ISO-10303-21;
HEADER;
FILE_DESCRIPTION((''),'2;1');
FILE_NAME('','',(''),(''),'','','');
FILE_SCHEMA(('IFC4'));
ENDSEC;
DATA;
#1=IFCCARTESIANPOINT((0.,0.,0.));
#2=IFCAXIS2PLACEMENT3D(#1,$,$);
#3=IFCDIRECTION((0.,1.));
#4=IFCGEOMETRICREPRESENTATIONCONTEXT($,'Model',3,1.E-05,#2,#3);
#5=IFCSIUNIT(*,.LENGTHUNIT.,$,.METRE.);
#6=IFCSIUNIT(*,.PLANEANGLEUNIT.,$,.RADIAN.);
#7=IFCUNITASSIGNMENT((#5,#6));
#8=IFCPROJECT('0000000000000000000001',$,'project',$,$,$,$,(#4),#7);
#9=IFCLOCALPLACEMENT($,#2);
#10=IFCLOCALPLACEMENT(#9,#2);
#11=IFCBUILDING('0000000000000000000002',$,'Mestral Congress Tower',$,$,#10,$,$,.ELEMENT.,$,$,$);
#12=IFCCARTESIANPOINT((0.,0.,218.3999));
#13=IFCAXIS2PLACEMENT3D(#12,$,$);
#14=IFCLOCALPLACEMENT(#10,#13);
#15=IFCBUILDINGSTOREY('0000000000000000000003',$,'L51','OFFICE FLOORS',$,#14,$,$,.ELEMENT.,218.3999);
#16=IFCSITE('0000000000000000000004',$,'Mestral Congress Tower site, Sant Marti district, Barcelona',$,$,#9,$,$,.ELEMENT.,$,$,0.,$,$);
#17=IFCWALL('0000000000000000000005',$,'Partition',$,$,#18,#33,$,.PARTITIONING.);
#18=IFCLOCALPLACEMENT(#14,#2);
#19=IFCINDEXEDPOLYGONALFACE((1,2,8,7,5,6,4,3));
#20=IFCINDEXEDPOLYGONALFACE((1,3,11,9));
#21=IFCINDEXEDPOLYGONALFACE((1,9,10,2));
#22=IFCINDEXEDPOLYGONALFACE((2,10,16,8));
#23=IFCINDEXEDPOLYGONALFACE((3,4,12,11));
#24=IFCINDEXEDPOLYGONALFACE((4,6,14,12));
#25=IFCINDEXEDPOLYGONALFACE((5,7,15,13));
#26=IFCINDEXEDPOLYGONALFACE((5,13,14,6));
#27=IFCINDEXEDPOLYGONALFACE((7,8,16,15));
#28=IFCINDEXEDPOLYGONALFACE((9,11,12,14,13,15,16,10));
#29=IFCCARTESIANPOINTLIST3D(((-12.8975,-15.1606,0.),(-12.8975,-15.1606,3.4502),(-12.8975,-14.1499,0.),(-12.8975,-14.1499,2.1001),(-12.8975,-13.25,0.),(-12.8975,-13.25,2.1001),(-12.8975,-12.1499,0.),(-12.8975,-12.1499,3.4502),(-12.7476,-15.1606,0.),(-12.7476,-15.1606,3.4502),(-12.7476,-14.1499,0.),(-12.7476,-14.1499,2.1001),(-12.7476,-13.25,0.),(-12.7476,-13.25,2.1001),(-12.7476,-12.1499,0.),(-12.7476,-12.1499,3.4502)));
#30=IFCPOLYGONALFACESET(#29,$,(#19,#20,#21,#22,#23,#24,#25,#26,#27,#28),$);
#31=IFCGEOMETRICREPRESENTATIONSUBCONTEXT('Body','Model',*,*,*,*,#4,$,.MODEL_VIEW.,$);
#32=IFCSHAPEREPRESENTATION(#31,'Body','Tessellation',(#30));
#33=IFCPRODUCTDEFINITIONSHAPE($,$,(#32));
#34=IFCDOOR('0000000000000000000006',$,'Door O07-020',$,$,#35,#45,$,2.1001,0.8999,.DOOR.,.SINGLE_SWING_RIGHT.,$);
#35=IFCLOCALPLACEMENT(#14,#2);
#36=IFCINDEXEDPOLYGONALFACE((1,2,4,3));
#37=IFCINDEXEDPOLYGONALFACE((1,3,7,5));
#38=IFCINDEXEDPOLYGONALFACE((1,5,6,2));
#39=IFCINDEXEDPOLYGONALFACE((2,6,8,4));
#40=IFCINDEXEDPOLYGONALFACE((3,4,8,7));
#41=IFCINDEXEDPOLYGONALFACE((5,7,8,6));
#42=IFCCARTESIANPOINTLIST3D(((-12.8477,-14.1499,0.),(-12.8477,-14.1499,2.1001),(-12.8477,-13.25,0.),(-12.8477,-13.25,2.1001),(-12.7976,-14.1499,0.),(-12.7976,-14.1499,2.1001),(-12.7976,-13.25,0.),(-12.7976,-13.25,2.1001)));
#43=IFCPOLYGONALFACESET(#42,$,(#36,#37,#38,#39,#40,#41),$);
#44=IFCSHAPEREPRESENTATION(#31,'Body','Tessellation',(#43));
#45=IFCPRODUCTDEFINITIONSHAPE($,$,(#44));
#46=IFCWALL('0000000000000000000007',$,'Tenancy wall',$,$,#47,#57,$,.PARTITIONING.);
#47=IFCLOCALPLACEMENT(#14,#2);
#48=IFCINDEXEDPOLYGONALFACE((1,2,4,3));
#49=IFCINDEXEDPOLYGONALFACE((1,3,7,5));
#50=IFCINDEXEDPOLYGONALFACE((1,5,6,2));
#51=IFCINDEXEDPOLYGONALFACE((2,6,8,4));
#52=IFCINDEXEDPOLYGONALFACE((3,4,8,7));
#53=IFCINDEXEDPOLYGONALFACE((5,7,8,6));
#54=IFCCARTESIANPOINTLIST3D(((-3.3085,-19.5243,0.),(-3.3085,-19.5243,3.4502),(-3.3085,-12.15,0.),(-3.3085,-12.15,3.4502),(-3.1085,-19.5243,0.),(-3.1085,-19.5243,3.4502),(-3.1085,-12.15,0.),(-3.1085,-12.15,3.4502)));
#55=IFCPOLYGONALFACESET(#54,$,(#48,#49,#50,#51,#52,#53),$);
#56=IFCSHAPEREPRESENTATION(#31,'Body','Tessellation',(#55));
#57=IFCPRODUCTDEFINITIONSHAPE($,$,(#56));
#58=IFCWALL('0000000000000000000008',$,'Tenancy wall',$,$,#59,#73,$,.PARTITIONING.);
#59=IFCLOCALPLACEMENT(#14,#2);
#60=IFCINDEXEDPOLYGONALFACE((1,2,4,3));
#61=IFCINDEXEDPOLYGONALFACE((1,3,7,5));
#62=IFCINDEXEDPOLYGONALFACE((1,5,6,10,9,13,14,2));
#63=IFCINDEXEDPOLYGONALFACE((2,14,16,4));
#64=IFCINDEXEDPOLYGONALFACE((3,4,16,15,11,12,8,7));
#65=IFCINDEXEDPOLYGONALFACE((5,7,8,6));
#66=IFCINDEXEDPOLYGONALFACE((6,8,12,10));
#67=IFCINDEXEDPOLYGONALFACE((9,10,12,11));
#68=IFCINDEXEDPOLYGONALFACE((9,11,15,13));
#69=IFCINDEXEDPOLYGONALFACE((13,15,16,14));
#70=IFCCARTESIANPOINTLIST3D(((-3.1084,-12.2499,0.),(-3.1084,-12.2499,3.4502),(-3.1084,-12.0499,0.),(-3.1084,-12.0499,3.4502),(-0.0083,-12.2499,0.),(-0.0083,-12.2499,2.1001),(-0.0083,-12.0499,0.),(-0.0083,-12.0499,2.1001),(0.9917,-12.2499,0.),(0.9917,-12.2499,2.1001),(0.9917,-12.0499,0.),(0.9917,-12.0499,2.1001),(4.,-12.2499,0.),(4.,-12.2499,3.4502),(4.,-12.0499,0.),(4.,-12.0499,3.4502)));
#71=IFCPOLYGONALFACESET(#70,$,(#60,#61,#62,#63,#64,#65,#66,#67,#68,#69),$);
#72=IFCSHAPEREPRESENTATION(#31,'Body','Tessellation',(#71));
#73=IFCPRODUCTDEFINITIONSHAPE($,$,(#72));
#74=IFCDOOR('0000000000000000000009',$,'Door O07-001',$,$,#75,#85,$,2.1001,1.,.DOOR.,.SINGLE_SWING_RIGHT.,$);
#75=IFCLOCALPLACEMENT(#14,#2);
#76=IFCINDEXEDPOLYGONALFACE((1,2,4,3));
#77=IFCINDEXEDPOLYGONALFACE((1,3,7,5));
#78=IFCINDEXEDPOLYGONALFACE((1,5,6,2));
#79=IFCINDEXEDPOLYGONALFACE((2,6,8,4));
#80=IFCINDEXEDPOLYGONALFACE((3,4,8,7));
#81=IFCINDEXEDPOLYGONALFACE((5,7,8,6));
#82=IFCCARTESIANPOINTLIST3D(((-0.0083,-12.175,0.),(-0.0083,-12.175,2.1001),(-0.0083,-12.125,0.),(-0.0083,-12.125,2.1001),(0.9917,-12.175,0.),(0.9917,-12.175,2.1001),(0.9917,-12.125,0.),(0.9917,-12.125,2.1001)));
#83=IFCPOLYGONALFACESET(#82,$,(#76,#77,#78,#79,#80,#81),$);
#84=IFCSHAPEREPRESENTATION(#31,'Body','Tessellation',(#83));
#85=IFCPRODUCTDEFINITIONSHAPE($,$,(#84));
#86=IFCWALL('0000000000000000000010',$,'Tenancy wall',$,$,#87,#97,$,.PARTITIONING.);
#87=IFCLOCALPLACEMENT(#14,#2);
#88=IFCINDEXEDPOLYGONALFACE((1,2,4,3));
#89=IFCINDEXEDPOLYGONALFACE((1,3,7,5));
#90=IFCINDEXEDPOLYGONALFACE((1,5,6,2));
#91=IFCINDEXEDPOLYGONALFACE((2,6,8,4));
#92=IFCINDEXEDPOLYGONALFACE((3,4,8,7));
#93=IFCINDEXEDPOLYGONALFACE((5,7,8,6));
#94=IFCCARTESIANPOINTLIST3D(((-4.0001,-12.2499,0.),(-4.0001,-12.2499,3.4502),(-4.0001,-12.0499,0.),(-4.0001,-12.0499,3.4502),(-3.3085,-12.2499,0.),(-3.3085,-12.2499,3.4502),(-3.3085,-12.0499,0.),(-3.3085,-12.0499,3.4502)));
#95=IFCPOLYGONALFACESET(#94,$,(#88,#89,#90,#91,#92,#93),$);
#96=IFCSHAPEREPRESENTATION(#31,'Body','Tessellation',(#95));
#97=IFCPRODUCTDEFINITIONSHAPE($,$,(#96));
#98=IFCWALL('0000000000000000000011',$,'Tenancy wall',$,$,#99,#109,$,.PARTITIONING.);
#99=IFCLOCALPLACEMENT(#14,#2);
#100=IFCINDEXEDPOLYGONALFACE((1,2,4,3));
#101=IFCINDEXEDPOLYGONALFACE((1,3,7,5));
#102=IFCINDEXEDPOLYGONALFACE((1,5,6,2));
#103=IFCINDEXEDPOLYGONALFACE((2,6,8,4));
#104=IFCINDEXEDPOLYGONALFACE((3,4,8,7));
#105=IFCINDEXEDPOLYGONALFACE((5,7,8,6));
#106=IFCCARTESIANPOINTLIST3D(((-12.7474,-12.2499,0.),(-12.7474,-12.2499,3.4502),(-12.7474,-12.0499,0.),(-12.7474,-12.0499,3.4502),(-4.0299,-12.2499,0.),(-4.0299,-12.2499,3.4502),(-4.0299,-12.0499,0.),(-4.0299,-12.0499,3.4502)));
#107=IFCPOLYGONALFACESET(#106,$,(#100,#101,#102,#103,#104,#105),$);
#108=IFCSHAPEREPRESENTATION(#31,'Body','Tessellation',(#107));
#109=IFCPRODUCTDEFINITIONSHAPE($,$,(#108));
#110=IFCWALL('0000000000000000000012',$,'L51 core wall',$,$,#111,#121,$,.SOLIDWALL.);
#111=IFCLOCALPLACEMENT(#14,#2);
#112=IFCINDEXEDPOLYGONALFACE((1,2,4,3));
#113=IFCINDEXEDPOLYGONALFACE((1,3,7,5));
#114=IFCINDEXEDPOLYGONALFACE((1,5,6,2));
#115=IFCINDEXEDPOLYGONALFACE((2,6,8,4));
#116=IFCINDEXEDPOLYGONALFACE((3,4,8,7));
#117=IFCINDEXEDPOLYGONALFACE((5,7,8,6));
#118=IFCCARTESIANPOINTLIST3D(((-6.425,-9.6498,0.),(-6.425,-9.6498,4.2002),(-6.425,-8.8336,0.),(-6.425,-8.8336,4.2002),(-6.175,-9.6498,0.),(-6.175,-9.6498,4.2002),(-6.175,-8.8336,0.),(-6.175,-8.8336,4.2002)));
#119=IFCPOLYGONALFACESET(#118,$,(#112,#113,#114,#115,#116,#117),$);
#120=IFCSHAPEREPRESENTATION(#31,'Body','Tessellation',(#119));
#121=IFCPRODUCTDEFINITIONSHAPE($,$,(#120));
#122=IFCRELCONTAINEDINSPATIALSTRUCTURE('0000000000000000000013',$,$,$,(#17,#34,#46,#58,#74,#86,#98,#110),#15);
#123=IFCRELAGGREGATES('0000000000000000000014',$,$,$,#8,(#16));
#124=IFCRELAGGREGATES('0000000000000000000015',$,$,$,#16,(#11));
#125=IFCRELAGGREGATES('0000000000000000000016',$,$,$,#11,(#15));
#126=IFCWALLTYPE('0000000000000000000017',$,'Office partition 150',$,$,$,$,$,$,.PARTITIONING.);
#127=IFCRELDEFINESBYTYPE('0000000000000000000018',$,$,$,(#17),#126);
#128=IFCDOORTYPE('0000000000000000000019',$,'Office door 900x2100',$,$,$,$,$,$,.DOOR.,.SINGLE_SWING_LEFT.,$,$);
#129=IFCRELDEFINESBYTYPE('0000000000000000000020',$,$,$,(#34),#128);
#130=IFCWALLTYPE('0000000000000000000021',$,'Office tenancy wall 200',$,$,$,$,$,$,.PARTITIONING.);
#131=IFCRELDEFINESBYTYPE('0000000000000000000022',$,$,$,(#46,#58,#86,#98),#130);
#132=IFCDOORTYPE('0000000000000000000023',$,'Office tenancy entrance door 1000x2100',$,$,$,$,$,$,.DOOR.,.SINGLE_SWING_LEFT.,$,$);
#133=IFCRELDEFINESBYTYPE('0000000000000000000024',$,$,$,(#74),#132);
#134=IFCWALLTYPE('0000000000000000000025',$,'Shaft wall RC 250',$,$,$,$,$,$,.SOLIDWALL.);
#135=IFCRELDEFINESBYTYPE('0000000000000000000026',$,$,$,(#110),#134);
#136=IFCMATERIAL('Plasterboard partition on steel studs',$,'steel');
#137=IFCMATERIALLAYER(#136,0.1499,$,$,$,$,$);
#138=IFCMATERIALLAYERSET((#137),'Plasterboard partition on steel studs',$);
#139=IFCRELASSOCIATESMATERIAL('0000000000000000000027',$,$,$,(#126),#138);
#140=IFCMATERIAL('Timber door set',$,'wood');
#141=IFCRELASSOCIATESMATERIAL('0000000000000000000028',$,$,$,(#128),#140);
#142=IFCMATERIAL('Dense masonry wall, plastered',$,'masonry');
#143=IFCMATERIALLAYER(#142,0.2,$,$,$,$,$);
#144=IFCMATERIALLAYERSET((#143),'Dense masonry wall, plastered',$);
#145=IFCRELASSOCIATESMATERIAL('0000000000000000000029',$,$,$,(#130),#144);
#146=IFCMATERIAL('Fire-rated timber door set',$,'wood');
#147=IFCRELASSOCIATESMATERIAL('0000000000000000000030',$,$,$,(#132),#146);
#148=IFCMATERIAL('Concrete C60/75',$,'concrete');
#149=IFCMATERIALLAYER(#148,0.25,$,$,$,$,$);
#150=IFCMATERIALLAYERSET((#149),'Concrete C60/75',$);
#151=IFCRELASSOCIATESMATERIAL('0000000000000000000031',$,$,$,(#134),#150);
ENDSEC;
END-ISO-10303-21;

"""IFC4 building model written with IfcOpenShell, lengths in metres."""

from ifc_helpers import new_model, si_unit, direction, frame, frame_2d, origin, place, context, subcontext, project, spatial, rectangle, extrude, material, layer, layer_set, type_object, element, fill, save


model = new_model("IFC4")

# Units and contexts
model_context = context("Model", 3, precision=1e-05, world=origin(), true_north=direction((0.0, 1.0)))
body_context = subcontext(model_context, "Body", "Model", "MODEL_VIEW")
ifc_project = project(units=[si_unit("LENGTHUNIT", "METRE"), si_unit("PLANEANGLEUNIT", "RADIAN")], contexts=[model_context])

# Site, building, storey
site_placement = place(None, origin())
site = spatial("IfcSite", under=ifc_project, at=site_placement, Name="Mestral Congress Tower site, Sant Marti district, Barcelona", CompositionType="ELEMENT", RefElevation=0.0)
building_placement = place(site_placement, origin())
building = spatial("IfcBuilding", under=site, at=building_placement, Name="Mestral Congress Tower", CompositionType="ELEMENT")
storey_placement = place(building_placement, frame((0.0, 0.0, 218.3999)))
storey = spatial("IfcBuildingStorey", under=building, at=storey_placement, Name="L51", Description="OFFICE FLOORS", CompositionType="ELEMENT", Elevation=218.3999)

# Shared definitions
ifc_material_1 = material(Name="Concrete C60/75", Category="concrete")

# Shared definitions
ifc_material_2 = material(Name="Plasterboard partition on steel studs", Category="steel")
ifc_layer_1 = layer(ifc_material_2, 0.1499)
ifc_layer_set_1 = layer_set([ifc_layer_1], Name="Plasterboard partition on steel studs")
wall_type_1 = type_object("IfcWallType", Name="Office partition 150", PredefinedType="PARTITIONING", material=ifc_layer_set_1)
ifc_material_3 = material(Name="Timber door set", Category="wood")
door_type_1 = type_object("IfcDoorType", Name="Office door 900x2100", OperationType="SINGLE_SWING_LEFT", PredefinedType="DOOR", material=ifc_material_3)

# Wall, opening, door
wall_1_placement = place(storey_placement, frame((-12.8225, -12.1499, 0.0), z_axis=(0.0, 0.0, 1.0), x_axis=(0.0, -1.0, 0.0)))
wall_1 = element("IfcWall", 1, at=wall_1_placement, inside=storey, type_object=wall_type_1, Name="Partition", PredefinedType="PARTITIONING", context=body_context, shape_type="SweptSolid", body=[
    extrude(rectangle(XDim=3.0107, YDim=0.1499, at=frame_2d((1.5054, 0.0))), origin(), (0.0, 0.0, 1.0), 3.4502),
])
opening_1_placement = place(wall_1_placement, frame((1.1001, 0.0, 0.0)))
opening_1 = element("IfcOpeningElement", 2, at=opening_1_placement, cuts=wall_1, PredefinedType="OPENING", context=body_context, shape_type="SweptSolid", body=[
    extrude(rectangle(XDim=0.8999, YDim=2.1001, at=frame_2d((0.45, 1.05))), frame((0.0, 0.085, 0.0), z_axis=(0.0, -1.0, 0.0), x_axis=(1.0, 0.0, 0.0)), (0.0, 0.0, 1.0), 0.1699),
])
door_1_placement = place(opening_1_placement, origin())
door_1 = element("IfcDoor", 3, at=door_1_placement, inside=storey, type_object=door_type_1, Name="Door O07-020", OperationType="SINGLE_SWING_RIGHT", OverallHeight=2.1001, OverallWidth=0.8999, PredefinedType="DOOR", context=body_context, shape_type="SweptSolid", body=[
    extrude(rectangle(XDim=0.8999, YDim=2.1001, at=frame_2d((0.45, 1.05))), frame((0.0, 0.0249, 0.0), z_axis=(0.0, -1.0, 0.0), x_axis=(1.0, 0.0, 0.0)), (0.0, 0.0, 1.0), 0.05),
])
fill(opening_1, door_1)

# Wall
ifc_material_4 = material(Name="Dense masonry wall, plastered", Category="masonry")
ifc_layer_2 = layer(ifc_material_4, 0.2)
ifc_layer_set_2 = layer_set([ifc_layer_2], Name="Dense masonry wall, plastered")
wall_type_2 = type_object("IfcWallType", Name="Office tenancy wall 200", PredefinedType="PARTITIONING", material=ifc_layer_set_2)
wall_2_placement = place(storey_placement, frame((-3.2085, -19.5242, 0.0), z_axis=(0.0, 0.0, 1.0), x_axis=(0.0, 1.0, 0.0)))
element("IfcWall", 4, at=wall_2_placement, inside=storey, type_object=wall_type_2, Name="Tenancy wall", PredefinedType="PARTITIONING", context=body_context, shape_type="SweptSolid", body=[
    extrude(rectangle(XDim=7.3743, YDim=0.2, at=frame_2d((3.687, 0.0))), origin(), (0.0, 0.0, 1.0), 3.4502),
])

# Wall, opening, door
wall_3_placement = place(storey_placement, frame((-3.1084, -12.1499, 0.0), z_axis=(0.0, 0.0, 1.0), x_axis=(1.0, 0.0, 0.0)))
wall_3 = element("IfcWall", 5, at=wall_3_placement, inside=storey, type_object=wall_type_2, Name="Tenancy wall", PredefinedType="PARTITIONING", context=body_context, shape_type="SweptSolid", body=[
    extrude(rectangle(XDim=7.1084, YDim=0.2, at=frame_2d((3.5542, 0.0))), origin(), (0.0, 0.0, 1.0), 3.4502),
])
opening_2_placement = place(wall_3_placement, frame((3.1001, 0.0, 0.0)))
opening_2 = element("IfcOpeningElement", 6, at=opening_2_placement, cuts=wall_3, PredefinedType="OPENING", context=body_context, shape_type="SweptSolid", body=[
    extrude(rectangle(XDim=1.0, YDim=2.1001, at=frame_2d((0.5, 1.05))), frame((0.0, 0.1099, 0.0), z_axis=(0.0, -1.0, 0.0), x_axis=(1.0, 0.0, 0.0)), (0.0, 0.0, 1.0), 0.22),
])
ifc_material_5 = material(Name="Fire-rated timber door set", Category="wood")
door_type_2 = type_object("IfcDoorType", Name="Office tenancy entrance door 1000x2100", OperationType="SINGLE_SWING_LEFT", PredefinedType="DOOR", material=ifc_material_5)
door_2_placement = place(opening_2_placement, origin())
door_2 = element("IfcDoor", 7, at=door_2_placement, inside=storey, type_object=door_type_2, Name="Door O07-001", OperationType="SINGLE_SWING_RIGHT", OverallHeight=2.1001, OverallWidth=1.0, PredefinedType="DOOR", context=body_context, shape_type="SweptSolid", body=[
    extrude(rectangle(XDim=1.0, YDim=2.1001, at=frame_2d((0.5, 1.05))), frame((0.0, 0.0249, 0.0), z_axis=(0.0, -1.0, 0.0), x_axis=(1.0, 0.0, 0.0)), (0.0, 0.0, 1.0), 0.05),
])
fill(opening_2, door_2)

# Walls
wall_4_placement = place(storey_placement, frame((-4.0, -12.1499, 0.0), z_axis=(0.0, 0.0, 1.0), x_axis=(1.0, 0.0, 0.0)))
element("IfcWall", 8, at=wall_4_placement, inside=storey, type_object=wall_type_2, Name="Tenancy wall", PredefinedType="PARTITIONING", context=body_context, shape_type="SweptSolid", body=[
    extrude(rectangle(XDim=0.6917, YDim=0.2, at=frame_2d((0.3457, 0.0))), origin(), (0.0, 0.0, 1.0), 3.4502),
])
wall_5_placement = place(storey_placement, frame((-12.7476, -12.1499, 0.0), z_axis=(0.0, 0.0, 1.0), x_axis=(1.0, 0.0, 0.0)))
element("IfcWall", 9, at=wall_5_placement, inside=storey, type_object=wall_type_2, Name="Tenancy wall", PredefinedType="PARTITIONING", context=body_context, shape_type="SweptSolid", body=[
    extrude(rectangle(XDim=8.7175, YDim=0.2, at=frame_2d((4.3589, 0.0))), origin(), (0.0, 0.0, 1.0), 3.4502),
])
ifc_layer_3 = layer(ifc_material_1, 0.25)
ifc_layer_set_3 = layer_set([ifc_layer_3], Name="Concrete C60/75")
wall_type_3 = type_object("IfcWallType", Name="Shaft wall RC 250", PredefinedType="SOLIDWALL", material=ifc_layer_set_3)
wall_6_placement = place(storey_placement, frame((-6.3, -9.6499, 0.0), z_axis=(0.0, 0.0, 1.0), x_axis=(0.0, 1.0, 0.0)))
element("IfcWall", 10, at=wall_6_placement, inside=storey, type_object=wall_type_3, Name="L51 core wall", PredefinedType="SOLIDWALL", context=body_context, shape_type="SweptSolid", body=[
    extrude(rectangle(XDim=0.8162, YDim=0.25, at=frame_2d((0.4082, 0.0))), origin(), (0.0, 0.0, 1.0), 4.2002),
])

save(model, "model.ifc")
